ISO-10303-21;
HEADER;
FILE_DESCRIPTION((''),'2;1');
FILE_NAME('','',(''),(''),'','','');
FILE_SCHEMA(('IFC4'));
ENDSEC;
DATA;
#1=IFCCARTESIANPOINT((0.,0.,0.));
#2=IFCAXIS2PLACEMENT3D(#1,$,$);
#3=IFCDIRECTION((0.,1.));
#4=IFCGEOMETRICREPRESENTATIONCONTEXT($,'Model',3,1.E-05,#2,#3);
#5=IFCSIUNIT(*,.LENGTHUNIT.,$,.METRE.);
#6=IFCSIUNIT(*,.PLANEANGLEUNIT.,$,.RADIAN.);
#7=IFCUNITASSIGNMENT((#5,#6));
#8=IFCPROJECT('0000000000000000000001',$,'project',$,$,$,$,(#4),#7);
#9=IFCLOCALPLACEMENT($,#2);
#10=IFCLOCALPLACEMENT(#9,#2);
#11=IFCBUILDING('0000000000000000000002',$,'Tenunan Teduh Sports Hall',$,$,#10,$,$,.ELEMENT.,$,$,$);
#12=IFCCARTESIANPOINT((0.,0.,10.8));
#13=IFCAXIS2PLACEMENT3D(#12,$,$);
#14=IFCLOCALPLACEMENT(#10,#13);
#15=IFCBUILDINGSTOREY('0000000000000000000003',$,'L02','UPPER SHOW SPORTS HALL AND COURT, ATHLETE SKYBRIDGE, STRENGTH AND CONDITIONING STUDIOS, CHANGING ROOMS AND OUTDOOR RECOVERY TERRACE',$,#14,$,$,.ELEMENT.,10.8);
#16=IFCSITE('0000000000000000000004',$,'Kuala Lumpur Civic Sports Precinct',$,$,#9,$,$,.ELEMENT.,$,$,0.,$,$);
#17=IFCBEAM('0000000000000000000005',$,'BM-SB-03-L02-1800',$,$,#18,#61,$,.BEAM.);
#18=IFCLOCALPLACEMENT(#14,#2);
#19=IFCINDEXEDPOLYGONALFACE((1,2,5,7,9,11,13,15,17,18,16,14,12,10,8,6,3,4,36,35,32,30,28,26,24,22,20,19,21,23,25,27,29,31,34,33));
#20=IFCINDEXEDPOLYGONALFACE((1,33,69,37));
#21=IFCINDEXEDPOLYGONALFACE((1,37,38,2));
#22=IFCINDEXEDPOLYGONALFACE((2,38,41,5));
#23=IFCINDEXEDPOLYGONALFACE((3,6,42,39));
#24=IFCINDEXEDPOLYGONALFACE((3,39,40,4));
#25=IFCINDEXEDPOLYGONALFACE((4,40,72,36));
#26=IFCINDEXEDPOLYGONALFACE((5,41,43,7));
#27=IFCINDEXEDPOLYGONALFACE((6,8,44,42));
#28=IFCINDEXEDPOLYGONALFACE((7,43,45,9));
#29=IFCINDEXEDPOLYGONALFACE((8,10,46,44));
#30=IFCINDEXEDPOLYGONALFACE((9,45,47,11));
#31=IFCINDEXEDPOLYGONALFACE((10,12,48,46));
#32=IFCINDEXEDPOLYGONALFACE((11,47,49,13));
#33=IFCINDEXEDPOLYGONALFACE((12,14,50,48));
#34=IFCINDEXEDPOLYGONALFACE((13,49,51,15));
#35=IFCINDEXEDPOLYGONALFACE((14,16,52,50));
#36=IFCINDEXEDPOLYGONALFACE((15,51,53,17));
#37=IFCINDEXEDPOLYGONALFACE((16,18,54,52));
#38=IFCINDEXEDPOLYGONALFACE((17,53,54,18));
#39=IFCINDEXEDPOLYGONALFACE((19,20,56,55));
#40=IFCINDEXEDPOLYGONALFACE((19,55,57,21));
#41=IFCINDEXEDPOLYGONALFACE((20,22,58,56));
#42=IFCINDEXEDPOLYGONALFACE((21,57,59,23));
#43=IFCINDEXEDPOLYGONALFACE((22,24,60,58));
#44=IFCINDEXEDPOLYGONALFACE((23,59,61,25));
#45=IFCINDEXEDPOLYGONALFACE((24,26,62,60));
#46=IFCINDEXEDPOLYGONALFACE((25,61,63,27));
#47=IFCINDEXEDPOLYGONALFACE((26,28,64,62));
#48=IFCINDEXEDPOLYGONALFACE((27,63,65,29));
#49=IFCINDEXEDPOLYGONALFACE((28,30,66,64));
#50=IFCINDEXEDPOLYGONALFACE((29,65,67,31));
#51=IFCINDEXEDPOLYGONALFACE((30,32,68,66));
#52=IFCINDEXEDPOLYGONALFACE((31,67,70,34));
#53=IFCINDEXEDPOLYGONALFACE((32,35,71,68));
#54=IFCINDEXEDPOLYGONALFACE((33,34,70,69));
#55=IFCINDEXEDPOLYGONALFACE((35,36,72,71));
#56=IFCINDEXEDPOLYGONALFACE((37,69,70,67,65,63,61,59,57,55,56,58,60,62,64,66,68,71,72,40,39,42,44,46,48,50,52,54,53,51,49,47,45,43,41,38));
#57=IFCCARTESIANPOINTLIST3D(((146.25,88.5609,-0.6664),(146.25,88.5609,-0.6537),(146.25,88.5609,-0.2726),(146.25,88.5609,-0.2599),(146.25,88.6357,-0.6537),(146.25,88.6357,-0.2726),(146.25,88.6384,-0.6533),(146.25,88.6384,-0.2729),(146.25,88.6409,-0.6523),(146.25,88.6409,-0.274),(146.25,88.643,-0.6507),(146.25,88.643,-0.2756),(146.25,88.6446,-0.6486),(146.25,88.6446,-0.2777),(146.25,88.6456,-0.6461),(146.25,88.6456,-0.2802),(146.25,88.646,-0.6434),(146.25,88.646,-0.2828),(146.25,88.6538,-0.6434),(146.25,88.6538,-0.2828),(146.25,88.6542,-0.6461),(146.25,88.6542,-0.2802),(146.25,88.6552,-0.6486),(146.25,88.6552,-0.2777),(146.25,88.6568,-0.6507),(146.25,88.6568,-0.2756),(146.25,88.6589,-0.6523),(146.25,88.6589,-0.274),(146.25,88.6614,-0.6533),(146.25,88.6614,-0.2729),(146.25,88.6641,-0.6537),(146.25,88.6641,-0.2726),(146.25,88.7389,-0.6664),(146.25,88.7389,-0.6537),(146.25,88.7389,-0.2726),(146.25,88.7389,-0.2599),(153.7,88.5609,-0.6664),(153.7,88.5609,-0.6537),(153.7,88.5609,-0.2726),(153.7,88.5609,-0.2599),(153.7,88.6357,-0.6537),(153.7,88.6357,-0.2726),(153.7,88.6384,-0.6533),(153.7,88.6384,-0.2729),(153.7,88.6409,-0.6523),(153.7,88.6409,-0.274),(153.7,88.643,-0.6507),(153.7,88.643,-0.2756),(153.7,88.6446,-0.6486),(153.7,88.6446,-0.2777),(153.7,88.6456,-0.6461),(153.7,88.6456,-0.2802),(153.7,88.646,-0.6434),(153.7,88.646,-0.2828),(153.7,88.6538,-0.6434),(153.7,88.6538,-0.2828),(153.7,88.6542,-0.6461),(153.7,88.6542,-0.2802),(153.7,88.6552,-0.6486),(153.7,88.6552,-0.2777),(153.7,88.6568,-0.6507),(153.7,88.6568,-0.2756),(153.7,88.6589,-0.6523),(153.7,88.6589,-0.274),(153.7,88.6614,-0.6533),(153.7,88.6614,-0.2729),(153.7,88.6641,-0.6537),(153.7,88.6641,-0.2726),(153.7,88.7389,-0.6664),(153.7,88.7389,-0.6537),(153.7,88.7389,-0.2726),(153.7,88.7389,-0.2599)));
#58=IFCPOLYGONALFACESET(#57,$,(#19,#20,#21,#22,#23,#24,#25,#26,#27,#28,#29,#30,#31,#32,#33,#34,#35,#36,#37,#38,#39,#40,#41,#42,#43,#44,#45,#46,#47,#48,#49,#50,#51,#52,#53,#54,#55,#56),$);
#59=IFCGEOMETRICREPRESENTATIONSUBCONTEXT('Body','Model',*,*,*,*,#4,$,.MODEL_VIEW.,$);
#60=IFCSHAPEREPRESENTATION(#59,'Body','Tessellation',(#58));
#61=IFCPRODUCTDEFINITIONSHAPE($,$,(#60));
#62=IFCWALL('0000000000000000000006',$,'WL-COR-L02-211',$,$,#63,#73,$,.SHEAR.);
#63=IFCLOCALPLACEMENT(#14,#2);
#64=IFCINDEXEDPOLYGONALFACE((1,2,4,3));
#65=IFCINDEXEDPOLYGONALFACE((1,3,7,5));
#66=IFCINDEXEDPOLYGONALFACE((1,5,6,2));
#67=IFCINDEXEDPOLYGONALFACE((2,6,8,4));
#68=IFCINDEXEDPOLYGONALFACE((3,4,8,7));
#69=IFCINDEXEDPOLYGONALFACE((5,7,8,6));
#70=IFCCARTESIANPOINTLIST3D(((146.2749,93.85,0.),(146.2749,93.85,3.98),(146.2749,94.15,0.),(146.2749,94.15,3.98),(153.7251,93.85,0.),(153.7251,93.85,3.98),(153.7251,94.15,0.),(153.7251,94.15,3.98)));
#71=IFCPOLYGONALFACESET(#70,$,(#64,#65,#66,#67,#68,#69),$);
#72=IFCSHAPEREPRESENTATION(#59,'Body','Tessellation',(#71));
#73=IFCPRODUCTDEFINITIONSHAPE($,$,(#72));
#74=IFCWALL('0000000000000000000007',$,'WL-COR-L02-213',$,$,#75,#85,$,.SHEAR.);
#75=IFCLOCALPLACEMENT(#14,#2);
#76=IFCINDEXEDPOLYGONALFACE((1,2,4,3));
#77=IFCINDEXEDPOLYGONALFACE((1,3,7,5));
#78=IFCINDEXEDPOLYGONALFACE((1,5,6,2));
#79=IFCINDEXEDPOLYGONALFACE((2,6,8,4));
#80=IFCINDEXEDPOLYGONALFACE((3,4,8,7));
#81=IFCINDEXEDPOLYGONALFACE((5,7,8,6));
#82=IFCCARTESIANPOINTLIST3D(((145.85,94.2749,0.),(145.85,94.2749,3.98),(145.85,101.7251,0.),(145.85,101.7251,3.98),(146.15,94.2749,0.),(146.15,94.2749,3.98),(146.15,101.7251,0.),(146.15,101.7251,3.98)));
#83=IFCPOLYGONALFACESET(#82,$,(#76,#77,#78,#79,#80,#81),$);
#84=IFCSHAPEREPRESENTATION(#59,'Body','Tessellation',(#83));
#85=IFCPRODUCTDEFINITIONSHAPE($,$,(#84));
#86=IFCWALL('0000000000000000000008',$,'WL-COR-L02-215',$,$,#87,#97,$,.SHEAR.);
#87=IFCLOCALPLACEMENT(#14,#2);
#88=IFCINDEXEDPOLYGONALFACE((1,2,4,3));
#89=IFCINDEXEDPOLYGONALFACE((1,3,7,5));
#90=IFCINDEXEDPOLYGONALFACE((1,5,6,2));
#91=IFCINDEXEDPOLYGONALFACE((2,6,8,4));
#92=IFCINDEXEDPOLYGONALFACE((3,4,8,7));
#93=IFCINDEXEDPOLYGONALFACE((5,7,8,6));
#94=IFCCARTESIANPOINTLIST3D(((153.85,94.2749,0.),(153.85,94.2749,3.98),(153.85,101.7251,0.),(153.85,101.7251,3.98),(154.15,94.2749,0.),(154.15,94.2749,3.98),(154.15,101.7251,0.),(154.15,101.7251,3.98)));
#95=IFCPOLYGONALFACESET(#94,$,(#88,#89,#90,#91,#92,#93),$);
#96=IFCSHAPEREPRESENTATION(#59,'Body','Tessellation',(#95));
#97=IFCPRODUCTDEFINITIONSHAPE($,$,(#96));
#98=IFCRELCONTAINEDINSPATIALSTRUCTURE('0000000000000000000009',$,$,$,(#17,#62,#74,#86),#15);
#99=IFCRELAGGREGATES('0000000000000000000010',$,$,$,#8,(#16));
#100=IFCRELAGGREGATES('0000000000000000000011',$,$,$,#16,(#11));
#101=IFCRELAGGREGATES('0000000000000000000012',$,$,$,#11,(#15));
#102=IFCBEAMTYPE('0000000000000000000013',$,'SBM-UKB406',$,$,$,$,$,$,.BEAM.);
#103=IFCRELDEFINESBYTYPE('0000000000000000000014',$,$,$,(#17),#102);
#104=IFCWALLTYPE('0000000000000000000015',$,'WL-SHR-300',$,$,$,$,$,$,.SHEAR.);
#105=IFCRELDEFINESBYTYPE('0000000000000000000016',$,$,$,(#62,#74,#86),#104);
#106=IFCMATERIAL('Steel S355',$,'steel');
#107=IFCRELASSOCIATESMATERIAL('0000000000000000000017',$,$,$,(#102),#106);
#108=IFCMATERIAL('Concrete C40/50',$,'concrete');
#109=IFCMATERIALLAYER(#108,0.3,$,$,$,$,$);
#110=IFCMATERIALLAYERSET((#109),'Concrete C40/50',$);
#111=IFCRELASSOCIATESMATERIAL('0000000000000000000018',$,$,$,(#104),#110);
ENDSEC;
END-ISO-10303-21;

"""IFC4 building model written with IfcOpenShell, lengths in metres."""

from ifc_helpers import new_model, si_unit, direction, frame, frame_2d, origin, origin_2d, place, context, subcontext, project, spatial, rectangle, i_section, extrude, material, layer, layer_set, material_profile, profile_set, type_object, element, save


model = new_model("IFC4")

# Units and contexts
model_context = context("Model", 3, precision=1e-05, world=origin(), true_north=direction((0.0, 1.0)))
body_context = subcontext(model_context, "Body", "Model", "MODEL_VIEW")
ifc_project = project(units=[si_unit("LENGTHUNIT", "METRE"), si_unit("PLANEANGLEUNIT", "RADIAN")], contexts=[model_context])

# Site, building, storey
site_placement = place(None, origin())
site = spatial("IfcSite", under=ifc_project, at=site_placement, Name="Kuala Lumpur Civic Sports Precinct", CompositionType="ELEMENT", RefElevation=0.0)
building_placement = place(site_placement, origin())
building = spatial("IfcBuilding", under=site, at=building_placement, Name="Tenunan Teduh Sports Hall", CompositionType="ELEMENT")
storey_placement = place(building_placement, frame((0.0, 0.0, 10.8)))
storey = spatial("IfcBuildingStorey", under=building, at=storey_placement, Name="L02", Description="UPPER SHOW SPORTS HALL AND COURT, ATHLETE SKYBRIDGE, STRENGTH AND CONDITIONING STUDIOS, CHANGING ROOMS AND OUTDOOR RECOVERY TERRACE", CompositionType="ELEMENT", Elevation=10.8)

# Beam
ifc_material_1 = material(Name="Steel S355", Category="steel")
ifc_material_profile_1 = material_profile(ifc_material_1, i_section(OverallWidth=0.178, OverallDepth=0.4065, WebThickness=0.0078, FlangeThickness=0.0127, FilletRadius=0.0103, at=origin_2d()), Name="UKB 406x178x60")
ifc_profile_set_1 = profile_set([ifc_material_profile_1], Name="Steel S355")
beam_type_1 = type_object("IfcBeamType", Name="SBM-UKB406", PredefinedType="BEAM", material=ifc_profile_set_1)
beam_1_placement = place(storey_placement, frame((146.25, 88.6499, -0.4631), z_axis=(1.0, 0.0, 0.0), x_axis=(0.0, 1.0, 0.0)))
element("IfcBeam", 1, at=beam_1_placement, inside=storey, type_object=beam_type_1, Name="BM-SB-03-L02-1800", PredefinedType="BEAM", context=body_context, shape_type="SweptSolid", body=[
    extrude(i_section(OverallWidth=0.178, OverallDepth=0.4065, WebThickness=0.0078, FlangeThickness=0.0127, FilletRadius=0.0103, at=origin_2d()), origin(), (0.0, 0.0, 1.0), 7.45),
])

# Walls
ifc_material_2 = material(Name="Concrete C40/50", Category="concrete")
ifc_layer_1 = layer(ifc_material_2, 0.3)
ifc_layer_set_1 = layer_set([ifc_layer_1], Name="Concrete C40/50")
wall_type = type_object("IfcWallType", Name="WL-SHR-300", PredefinedType="SHEAR", material=ifc_layer_set_1)
for number, where, z_axis, x_axis, name in (
    (2, (146.2749, 94.0, 0.0), (0.0, 0.0, 1.0), (1.0, 0.0, 0.0), "WL-COR-L02-211"),
    (3, (146.0, 94.2749, 0.0), (0.0, 0.0, 1.0), (0.0, 1.0, 0.0), "WL-COR-L02-213"),
    (4, (154.0, 94.2749, 0.0), (0.0, 0.0, 1.0), (0.0, 1.0, 0.0), "WL-COR-L02-215"),
):
    element("IfcWall", number, at=place(storey_placement, frame(where, z_axis=z_axis, x_axis=x_axis)), inside=storey, type_object=wall_type, Name=name, PredefinedType="SHEAR", context=body_context, shape_type="SweptSolid", body=[
        extrude(rectangle(XDim=7.4502, YDim=0.3, at=frame_2d((3.7251, 0.0))), origin(), (0.0, 0.0, 1.0), 3.98),
    ])

save(model, "model.ifc")
